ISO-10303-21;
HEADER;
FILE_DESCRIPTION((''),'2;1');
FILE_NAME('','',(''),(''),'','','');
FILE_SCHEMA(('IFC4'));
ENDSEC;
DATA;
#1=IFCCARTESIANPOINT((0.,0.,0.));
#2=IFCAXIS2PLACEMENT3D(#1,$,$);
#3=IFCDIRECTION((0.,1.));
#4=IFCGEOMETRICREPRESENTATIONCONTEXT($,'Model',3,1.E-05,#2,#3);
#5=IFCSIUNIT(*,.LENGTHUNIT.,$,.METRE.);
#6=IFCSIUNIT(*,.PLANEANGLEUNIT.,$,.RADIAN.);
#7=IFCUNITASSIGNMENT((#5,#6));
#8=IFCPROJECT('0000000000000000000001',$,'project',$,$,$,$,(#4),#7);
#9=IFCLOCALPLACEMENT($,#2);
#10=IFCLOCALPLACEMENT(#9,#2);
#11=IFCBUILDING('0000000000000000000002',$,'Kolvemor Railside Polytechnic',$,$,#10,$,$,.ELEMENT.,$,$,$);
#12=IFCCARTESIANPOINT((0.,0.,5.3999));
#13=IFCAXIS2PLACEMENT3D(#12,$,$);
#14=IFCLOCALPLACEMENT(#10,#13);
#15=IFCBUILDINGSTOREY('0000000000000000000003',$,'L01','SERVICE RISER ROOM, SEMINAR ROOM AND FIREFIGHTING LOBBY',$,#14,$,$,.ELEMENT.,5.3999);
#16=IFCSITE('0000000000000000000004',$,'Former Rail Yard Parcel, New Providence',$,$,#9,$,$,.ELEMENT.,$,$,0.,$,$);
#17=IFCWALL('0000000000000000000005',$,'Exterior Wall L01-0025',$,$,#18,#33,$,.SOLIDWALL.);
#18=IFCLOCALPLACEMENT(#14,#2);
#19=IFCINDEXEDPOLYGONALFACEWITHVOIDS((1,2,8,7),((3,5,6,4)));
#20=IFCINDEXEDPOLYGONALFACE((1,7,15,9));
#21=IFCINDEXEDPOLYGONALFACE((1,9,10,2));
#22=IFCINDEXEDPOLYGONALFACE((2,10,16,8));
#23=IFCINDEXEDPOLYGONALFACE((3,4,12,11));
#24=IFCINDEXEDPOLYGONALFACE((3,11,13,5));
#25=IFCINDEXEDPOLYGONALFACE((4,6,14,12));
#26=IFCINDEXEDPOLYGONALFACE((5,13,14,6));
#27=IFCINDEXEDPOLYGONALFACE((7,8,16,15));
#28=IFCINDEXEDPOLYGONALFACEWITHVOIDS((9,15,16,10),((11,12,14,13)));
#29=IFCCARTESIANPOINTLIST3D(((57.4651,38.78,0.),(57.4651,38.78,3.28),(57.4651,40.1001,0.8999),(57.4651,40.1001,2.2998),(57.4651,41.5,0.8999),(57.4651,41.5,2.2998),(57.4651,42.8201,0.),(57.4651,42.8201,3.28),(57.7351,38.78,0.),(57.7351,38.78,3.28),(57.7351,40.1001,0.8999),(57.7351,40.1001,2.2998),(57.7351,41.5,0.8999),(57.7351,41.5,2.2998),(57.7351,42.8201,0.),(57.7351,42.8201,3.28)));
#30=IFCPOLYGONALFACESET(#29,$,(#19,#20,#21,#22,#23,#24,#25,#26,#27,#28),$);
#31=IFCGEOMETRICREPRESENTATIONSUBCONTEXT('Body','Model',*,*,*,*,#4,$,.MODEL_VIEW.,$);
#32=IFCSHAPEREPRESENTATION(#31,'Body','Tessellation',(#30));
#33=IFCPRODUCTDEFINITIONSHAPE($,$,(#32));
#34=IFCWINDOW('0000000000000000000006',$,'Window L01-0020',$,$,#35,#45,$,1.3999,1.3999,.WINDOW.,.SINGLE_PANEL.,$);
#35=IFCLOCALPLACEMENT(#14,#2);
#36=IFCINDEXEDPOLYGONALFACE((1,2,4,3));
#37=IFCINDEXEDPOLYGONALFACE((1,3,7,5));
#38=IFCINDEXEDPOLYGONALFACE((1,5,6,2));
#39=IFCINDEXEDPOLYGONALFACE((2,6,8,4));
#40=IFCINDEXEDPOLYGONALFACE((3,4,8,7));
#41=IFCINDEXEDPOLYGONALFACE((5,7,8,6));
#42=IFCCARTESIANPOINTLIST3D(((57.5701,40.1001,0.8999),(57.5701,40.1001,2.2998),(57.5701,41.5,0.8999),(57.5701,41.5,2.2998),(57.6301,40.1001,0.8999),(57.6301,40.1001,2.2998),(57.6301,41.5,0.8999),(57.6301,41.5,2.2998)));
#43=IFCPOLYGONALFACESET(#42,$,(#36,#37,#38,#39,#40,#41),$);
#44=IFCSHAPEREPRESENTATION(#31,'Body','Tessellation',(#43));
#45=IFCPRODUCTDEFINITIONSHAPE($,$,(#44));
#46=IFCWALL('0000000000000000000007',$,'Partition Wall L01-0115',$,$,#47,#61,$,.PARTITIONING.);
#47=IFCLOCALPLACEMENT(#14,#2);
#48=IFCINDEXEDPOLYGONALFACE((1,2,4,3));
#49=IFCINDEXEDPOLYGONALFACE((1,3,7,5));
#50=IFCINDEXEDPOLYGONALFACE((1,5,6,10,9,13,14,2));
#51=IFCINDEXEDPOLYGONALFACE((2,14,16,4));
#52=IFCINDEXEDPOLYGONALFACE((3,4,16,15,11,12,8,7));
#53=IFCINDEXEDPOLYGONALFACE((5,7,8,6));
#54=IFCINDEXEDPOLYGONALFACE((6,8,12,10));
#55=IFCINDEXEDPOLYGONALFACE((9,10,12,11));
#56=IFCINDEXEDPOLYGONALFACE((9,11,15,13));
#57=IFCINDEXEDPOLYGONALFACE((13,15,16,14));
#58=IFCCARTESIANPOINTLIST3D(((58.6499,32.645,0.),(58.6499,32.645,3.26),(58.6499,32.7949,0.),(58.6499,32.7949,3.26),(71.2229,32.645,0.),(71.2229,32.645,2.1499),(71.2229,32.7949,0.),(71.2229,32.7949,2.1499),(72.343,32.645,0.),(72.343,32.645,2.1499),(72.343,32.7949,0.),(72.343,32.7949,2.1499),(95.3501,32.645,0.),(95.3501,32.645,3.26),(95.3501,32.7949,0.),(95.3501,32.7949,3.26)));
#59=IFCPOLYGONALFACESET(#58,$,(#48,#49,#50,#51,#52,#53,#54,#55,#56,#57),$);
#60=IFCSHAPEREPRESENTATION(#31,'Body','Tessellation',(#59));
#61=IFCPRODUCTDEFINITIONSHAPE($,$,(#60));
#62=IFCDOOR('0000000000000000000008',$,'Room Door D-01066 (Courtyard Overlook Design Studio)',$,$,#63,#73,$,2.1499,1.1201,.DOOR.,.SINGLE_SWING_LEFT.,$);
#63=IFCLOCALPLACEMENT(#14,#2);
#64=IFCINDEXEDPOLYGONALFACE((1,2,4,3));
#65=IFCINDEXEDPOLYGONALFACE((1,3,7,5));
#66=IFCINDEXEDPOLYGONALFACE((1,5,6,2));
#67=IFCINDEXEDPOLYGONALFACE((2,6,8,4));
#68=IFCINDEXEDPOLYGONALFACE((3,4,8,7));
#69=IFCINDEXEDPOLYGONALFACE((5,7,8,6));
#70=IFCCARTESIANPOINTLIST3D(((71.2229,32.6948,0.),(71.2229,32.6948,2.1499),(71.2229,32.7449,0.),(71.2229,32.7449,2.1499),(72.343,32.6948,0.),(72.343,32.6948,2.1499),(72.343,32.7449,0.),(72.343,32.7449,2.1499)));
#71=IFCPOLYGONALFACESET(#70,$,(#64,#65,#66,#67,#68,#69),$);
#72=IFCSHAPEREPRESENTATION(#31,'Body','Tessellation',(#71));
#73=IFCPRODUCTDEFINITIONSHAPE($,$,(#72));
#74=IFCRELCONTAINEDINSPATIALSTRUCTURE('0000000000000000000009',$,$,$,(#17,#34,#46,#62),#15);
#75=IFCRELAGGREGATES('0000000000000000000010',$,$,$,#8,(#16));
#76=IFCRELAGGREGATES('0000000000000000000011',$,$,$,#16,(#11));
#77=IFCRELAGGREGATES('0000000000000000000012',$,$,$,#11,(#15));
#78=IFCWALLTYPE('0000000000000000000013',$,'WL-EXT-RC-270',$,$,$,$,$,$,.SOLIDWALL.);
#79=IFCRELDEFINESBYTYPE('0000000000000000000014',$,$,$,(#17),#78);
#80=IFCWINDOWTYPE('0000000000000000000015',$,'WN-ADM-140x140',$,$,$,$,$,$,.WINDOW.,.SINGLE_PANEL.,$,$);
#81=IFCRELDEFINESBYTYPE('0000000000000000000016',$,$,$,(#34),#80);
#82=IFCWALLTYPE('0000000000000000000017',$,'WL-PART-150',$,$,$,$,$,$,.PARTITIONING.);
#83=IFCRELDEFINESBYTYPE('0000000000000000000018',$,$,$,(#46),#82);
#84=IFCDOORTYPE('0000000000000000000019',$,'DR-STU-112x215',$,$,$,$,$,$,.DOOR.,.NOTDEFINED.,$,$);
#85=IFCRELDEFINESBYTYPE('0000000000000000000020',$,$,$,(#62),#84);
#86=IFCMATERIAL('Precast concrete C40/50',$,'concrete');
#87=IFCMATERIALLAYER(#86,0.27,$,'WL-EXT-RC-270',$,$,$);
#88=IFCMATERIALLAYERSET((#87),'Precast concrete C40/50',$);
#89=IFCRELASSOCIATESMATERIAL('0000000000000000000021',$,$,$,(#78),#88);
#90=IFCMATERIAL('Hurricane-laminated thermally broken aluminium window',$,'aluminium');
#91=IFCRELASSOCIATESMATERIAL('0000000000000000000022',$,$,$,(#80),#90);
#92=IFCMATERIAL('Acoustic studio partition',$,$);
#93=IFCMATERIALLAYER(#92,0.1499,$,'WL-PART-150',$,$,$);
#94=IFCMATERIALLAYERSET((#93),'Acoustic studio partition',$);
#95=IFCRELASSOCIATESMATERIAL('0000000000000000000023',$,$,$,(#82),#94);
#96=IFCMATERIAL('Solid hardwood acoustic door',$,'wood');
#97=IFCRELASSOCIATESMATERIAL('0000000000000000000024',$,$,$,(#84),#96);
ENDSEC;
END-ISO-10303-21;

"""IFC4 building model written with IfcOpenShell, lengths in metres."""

from ifc_helpers import new_model, si_unit, direction, frame, frame_2d, origin, place, context, subcontext, project, spatial, rectangle, extrude, material, layer, layer_set, type_object, element, fill, save


model = new_model("IFC4")

# Units and contexts
model_context = context("Model", 3, precision=1e-05, world=origin(), true_north=direction((0.0, 1.0)))
body_context = subcontext(model_context, "Body", "Model", "MODEL_VIEW")
ifc_project = project(units=[si_unit("LENGTHUNIT", "METRE"), si_unit("PLANEANGLEUNIT", "RADIAN")], contexts=[model_context])

# Site, building, storey
site_placement = place(None, origin())
site = spatial("IfcSite", under=ifc_project, at=site_placement, Name="Former Rail Yard Parcel, New Providence", CompositionType="ELEMENT", RefElevation=0.0)
building_placement = place(site_placement, origin())
building = spatial("IfcBuilding", under=site, at=building_placement, Name="Kolvemor Railside Polytechnic", CompositionType="ELEMENT")
storey_placement = place(building_placement, frame((0.0, 0.0, 5.3999)))
storey = spatial("IfcBuildingStorey", under=building, at=storey_placement, Name="L01", Description="SERVICE RISER ROOM, SEMINAR ROOM AND FIREFIGHTING LOBBY", CompositionType="ELEMENT", Elevation=5.3999)

# Wall, opening, window
ifc_material_1 = material(Name="Precast concrete C40/50", Category="concrete")
ifc_layer_1 = layer(ifc_material_1, 0.27, Name="WL-EXT-RC-270")
ifc_layer_set_1 = layer_set([ifc_layer_1], Name="Precast concrete C40/50")
wall_type_1 = type_object("IfcWallType", Name="WL-EXT-RC-270", PredefinedType="SOLIDWALL", material=ifc_layer_set_1)
wall_1_placement = place(storey_placement, frame((57.6001, 42.8201, 0.0), z_axis=(0.0, 0.0, 1.0), x_axis=(0.0, -1.0, 0.0)))
wall_1 = element("IfcWall", 1, at=wall_1_placement, inside=storey, type_object=wall_type_1, Name="Exterior Wall L01-0025", PredefinedType="SOLIDWALL", context=body_context, shape_type="SweptSolid", body=[
    extrude(rectangle(XDim=4.04, YDim=0.27, at=frame_2d((2.02, 0.0))), origin(), (0.0, 0.0, 1.0), 3.28),
])
opening_1_placement = place(wall_1_placement, frame((1.3201, 0.0, 0.8999)))
opening_1 = element("IfcOpeningElement", 2, at=opening_1_placement, cuts=wall_1, PredefinedType="OPENING", context=body_context, shape_type="SweptSolid", body=[
    extrude(rectangle(XDim=1.3999, YDim=1.3999, at=frame_2d((0.7, 0.7))), frame((0.0, 0.145, 0.0), z_axis=(0.0, -1.0, 0.0), x_axis=(1.0, 0.0, 0.0)), (0.0, 0.0, 1.0), 0.29),
])
ifc_material_2 = material(Name="Hurricane-laminated thermally broken aluminium window", Category="aluminium")
window_type = type_object("IfcWindowType", Name="WN-ADM-140x140", PartitioningType="SINGLE_PANEL", PredefinedType="WINDOW", material=ifc_material_2)
window_placement = place(opening_1_placement, origin())
window = element("IfcWindow", 3, at=window_placement, inside=storey, type_object=window_type, Name="Window L01-0020", OverallHeight=1.3999, OverallWidth=1.3999, PartitioningType="SINGLE_PANEL", PredefinedType="WINDOW", context=body_context, shape_type="SweptSolid", body=[
    extrude(rectangle(XDim=1.3999, YDim=1.3999, at=frame_2d((0.7, 0.7))), frame((0.0, 0.03, 0.0), z_axis=(0.0, -1.0, 0.0), x_axis=(1.0, 0.0, 0.0)), (0.0, 0.0, 1.0), 0.0601),
])
fill(opening_1, window)

# Wall, opening, door
ifc_material_3 = material(Name="Acoustic studio partition")
ifc_layer_2 = layer(ifc_material_3, 0.1499, Name="WL-PART-150")
ifc_layer_set_2 = layer_set([ifc_layer_2], Name="Acoustic studio partition")
wall_type_2 = type_object("IfcWallType", Name="WL-PART-150", PredefinedType="PARTITIONING", material=ifc_layer_set_2)
wall_2_placement = place(storey_placement, frame((58.6499, 32.72, 0.0), z_axis=(0.0, 0.0, 1.0), x_axis=(1.0, 0.0, 0.0)))
wall_2 = element("IfcWall", 4, at=wall_2_placement, inside=storey, type_object=wall_type_2, Name="Partition Wall L01-0115", PredefinedType="PARTITIONING", context=body_context, shape_type="SweptSolid", body=[
    extrude(rectangle(XDim=36.7002, YDim=0.1499, at=frame_2d((18.3501, 0.0))), origin(), (0.0, 0.0, 1.0), 3.26),
])
opening_2_placement = place(wall_2_placement, frame((12.573, 0.0, 0.0)))
opening_2 = element("IfcOpeningElement", 5, at=opening_2_placement, cuts=wall_2, PredefinedType="OPENING", context=body_context, shape_type="SweptSolid", body=[
    extrude(rectangle(XDim=1.1201, YDim=2.1499, at=frame_2d((0.5601, 1.075))), frame((0.0, 0.085, 0.0), z_axis=(0.0, -1.0, 0.0), x_axis=(1.0, 0.0, 0.0)), (0.0, 0.0, 1.0), 0.1699),
])
ifc_material_4 = material(Name="Solid hardwood acoustic door", Category="wood")
door_type = type_object("IfcDoorType", Name="DR-STU-112x215", OperationType="NOTDEFINED", PredefinedType="DOOR", material=ifc_material_4)
door_placement = place(opening_2_placement, origin())
door = element("IfcDoor", 6, at=door_placement, inside=storey, type_object=door_type, Name="Room Door D-01066 (Courtyard Overlook Design Studio)", OperationType="SINGLE_SWING_LEFT", OverallHeight=2.1499, OverallWidth=1.1201, PredefinedType="DOOR", context=body_context, shape_type="SweptSolid", body=[
    extrude(rectangle(XDim=1.1201, YDim=2.1499, at=frame_2d((0.5601, 1.075))), frame((0.0, 0.0249, 0.0), z_axis=(0.0, -1.0, 0.0), x_axis=(1.0, 0.0, 0.0)), (0.0, 0.0, 1.0), 0.05),
])
fill(opening_2, door)

save(model, "model.ifc")
